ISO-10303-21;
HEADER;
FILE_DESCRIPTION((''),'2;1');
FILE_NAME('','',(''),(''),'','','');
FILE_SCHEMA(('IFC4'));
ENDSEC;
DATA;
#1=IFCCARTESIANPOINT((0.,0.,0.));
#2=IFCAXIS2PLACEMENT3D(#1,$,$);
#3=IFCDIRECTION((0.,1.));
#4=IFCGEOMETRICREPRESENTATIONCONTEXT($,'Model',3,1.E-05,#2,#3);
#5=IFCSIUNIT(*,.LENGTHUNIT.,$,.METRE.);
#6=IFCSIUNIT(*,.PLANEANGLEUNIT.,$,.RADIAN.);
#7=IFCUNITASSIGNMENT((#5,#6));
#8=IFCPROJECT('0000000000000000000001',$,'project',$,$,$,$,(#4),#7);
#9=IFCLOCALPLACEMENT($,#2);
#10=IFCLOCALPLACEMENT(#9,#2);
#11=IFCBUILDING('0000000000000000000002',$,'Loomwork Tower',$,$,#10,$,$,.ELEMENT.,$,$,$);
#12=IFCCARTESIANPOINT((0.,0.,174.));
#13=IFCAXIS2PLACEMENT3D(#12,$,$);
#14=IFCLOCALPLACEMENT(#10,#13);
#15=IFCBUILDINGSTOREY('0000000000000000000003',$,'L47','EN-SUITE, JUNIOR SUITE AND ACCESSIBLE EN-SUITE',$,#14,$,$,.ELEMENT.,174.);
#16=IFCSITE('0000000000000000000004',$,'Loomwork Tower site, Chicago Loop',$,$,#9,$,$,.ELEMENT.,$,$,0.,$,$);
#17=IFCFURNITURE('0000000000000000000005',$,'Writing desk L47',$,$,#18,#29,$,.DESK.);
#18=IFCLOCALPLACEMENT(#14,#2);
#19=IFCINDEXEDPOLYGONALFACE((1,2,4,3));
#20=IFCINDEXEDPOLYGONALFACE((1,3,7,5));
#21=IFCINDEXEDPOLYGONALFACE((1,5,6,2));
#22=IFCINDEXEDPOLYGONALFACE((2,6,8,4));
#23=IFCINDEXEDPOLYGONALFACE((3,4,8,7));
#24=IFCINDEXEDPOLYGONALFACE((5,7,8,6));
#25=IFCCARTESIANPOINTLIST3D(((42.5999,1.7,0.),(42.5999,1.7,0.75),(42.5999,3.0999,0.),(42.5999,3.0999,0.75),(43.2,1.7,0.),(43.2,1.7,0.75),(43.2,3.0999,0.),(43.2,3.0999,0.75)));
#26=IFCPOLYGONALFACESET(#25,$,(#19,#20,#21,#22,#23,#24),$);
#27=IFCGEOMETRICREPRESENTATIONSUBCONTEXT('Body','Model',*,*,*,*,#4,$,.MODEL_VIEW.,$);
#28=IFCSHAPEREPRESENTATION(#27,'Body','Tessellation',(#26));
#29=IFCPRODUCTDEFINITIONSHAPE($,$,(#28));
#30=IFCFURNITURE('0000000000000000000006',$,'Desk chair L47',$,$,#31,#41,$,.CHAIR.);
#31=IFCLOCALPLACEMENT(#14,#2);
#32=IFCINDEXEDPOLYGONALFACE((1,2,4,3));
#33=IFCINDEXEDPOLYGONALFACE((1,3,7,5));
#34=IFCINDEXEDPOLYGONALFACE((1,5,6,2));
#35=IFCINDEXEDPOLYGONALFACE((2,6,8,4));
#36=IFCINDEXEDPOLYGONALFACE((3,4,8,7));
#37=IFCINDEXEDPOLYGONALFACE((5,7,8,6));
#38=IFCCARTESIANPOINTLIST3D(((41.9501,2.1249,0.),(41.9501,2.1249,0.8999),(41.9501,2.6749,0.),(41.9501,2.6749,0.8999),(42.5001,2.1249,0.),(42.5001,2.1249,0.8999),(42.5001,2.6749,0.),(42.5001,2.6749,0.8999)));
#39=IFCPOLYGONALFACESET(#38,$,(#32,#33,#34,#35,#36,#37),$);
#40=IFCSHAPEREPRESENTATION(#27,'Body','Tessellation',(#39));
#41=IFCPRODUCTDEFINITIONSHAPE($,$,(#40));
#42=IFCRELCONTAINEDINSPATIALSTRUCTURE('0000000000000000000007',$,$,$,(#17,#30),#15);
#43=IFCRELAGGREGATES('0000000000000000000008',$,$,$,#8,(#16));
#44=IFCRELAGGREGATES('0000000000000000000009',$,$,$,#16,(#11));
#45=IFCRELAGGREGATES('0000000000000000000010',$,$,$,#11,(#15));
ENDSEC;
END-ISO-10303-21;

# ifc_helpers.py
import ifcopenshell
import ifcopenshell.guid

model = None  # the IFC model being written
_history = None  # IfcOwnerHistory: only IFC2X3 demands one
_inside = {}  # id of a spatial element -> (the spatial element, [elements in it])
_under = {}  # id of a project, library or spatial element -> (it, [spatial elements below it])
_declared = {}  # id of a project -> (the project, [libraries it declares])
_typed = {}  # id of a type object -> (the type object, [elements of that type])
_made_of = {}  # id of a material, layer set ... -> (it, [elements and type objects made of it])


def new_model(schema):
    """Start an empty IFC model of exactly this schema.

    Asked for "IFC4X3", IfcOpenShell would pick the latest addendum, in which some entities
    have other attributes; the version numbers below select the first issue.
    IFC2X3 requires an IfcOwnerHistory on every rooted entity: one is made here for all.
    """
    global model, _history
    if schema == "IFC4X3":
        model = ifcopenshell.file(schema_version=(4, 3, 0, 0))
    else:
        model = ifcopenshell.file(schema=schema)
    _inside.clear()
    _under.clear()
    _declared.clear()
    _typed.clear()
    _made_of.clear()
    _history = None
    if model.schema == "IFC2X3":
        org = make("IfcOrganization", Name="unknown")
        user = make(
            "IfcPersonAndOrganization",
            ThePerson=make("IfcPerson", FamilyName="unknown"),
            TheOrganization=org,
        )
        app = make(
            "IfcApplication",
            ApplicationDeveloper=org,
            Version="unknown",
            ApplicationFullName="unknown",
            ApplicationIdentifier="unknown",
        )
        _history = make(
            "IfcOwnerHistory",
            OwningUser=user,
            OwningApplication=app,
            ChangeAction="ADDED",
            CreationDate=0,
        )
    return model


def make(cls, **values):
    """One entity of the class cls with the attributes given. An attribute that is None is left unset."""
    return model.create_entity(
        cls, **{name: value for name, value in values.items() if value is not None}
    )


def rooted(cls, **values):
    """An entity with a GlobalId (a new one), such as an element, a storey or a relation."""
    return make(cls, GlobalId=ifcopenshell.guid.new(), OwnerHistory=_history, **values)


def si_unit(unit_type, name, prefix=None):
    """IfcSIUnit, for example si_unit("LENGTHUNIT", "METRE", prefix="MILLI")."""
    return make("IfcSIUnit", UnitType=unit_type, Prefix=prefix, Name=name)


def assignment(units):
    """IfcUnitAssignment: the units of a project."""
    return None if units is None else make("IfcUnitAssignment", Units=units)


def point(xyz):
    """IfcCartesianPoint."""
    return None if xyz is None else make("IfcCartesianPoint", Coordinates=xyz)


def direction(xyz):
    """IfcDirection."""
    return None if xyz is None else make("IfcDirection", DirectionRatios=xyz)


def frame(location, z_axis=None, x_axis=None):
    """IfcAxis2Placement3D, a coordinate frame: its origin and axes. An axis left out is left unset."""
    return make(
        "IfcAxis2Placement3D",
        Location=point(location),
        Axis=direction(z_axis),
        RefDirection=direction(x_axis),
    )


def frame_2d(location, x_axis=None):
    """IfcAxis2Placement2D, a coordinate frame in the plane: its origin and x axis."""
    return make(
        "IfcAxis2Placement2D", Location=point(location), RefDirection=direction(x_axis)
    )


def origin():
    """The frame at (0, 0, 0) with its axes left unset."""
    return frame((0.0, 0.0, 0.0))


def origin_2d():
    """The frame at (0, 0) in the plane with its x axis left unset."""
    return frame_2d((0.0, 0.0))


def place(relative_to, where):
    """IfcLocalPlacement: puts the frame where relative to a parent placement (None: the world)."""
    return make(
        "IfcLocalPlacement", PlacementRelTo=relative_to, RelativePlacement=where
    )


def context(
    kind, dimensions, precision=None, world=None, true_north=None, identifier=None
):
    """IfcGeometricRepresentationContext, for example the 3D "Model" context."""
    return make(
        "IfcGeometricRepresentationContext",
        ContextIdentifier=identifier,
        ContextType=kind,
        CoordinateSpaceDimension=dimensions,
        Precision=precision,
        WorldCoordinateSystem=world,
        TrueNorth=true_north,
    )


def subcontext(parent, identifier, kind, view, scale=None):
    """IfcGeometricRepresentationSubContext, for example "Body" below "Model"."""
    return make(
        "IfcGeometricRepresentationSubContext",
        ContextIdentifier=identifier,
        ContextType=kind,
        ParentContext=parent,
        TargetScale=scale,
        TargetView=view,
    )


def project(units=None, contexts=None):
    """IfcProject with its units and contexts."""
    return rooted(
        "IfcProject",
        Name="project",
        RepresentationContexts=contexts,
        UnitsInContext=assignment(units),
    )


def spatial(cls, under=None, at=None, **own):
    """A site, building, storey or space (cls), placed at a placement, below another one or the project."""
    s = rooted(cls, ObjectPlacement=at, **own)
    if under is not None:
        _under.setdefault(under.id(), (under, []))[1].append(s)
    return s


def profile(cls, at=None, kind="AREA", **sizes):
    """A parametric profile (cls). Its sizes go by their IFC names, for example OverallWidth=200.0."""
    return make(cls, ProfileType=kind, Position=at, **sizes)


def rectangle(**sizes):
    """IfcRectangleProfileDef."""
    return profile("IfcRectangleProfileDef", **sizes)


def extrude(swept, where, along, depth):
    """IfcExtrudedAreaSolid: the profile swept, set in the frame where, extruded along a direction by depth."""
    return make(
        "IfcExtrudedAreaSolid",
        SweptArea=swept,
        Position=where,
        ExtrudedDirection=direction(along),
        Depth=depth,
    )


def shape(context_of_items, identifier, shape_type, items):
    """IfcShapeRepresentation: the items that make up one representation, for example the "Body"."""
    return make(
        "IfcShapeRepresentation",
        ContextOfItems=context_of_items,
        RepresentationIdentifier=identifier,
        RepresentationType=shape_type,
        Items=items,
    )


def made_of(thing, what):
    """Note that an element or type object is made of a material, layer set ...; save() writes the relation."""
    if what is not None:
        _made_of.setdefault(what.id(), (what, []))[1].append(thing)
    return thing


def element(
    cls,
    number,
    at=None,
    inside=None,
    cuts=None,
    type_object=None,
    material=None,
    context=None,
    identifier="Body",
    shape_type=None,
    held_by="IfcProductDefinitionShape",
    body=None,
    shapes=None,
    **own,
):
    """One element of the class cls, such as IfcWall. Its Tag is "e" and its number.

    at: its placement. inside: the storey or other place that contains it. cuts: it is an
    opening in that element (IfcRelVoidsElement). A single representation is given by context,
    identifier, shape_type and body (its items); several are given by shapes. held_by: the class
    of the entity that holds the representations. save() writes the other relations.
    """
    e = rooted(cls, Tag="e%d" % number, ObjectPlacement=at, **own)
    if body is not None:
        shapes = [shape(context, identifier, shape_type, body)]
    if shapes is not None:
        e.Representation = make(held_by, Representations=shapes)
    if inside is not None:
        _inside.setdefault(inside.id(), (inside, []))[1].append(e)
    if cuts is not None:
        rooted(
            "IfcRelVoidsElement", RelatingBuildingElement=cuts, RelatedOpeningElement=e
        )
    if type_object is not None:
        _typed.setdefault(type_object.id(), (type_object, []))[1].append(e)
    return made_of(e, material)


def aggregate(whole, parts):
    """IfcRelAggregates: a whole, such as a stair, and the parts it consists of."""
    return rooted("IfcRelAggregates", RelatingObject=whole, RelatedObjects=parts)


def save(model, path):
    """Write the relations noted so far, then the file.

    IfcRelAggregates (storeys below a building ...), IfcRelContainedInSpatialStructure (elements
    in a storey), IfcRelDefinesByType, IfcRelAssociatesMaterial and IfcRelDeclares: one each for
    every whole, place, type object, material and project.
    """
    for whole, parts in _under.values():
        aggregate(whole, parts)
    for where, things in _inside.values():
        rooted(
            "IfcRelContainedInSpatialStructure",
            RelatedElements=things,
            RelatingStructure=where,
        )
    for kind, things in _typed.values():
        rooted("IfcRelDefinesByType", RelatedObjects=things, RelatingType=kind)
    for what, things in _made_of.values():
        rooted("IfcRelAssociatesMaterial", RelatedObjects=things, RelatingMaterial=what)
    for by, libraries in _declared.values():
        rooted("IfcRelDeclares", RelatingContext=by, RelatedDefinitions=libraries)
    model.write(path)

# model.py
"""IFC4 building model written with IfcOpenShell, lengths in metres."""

from ifc_helpers import new_model, si_unit, direction, frame, origin, origin_2d, place, context, subcontext, project, spatial, rectangle, extrude, element, save


model = new_model("IFC4")

# Units and contexts
model_context = context("Model", 3, precision=1e-05, world=origin(), true_north=direction((0.0, 1.0)))
body_context = subcontext(model_context, "Body", "Model", "MODEL_VIEW")
ifc_project = project(units=[si_unit("LENGTHUNIT", "METRE"), si_unit("PLANEANGLEUNIT", "RADIAN")], contexts=[model_context])

# Site, building, storey
site_placement = place(None, origin())
site = spatial("IfcSite", under=ifc_project, at=site_placement, Name="Loomwork Tower site, Chicago Loop", CompositionType="ELEMENT", RefElevation=0.0)
building_placement = place(site_placement, origin())
building = spatial("IfcBuilding", under=site, at=building_placement, Name="Loomwork Tower", CompositionType="ELEMENT")
storey_placement = place(building_placement, frame((0.0, 0.0, 174.0)))
storey = spatial("IfcBuildingStorey", under=building, at=storey_placement, Name="L47", Description="EN-SUITE, JUNIOR SUITE AND ACCESSIBLE EN-SUITE", CompositionType="ELEMENT", Elevation=174.0)

# Furniture
furniture_1_placement = place(storey_placement, frame((42.8999, 2.3999, 0.0), z_axis=(0.0, 0.0, 1.0), x_axis=(1.0, 0.0, 0.0)))
element("IfcFurniture", 1, at=furniture_1_placement, inside=storey, Name="Writing desk L47", PredefinedType="DESK", context=body_context, shape_type="SweptSolid", body=[
    extrude(rectangle(XDim=0.6001, YDim=1.3999, at=origin_2d()), origin(), (0.0, 0.0, 1.0), 0.75),
])
furniture_2_placement = place(storey_placement, frame((42.2251, 2.3999, 0.0), z_axis=(0.0, 0.0, 1.0), x_axis=(1.0, 0.0, 0.0)))
element("IfcFurniture", 2, at=furniture_2_placement, inside=storey, Name="Desk chair L47", PredefinedType="CHAIR", context=body_context, shape_type="SweptSolid", body=[
    extrude(rectangle(XDim=0.55, YDim=0.55, at=origin_2d()), origin(), (0.0, 0.0, 1.0), 0.8999),
])

save(model, "model.ifc")
